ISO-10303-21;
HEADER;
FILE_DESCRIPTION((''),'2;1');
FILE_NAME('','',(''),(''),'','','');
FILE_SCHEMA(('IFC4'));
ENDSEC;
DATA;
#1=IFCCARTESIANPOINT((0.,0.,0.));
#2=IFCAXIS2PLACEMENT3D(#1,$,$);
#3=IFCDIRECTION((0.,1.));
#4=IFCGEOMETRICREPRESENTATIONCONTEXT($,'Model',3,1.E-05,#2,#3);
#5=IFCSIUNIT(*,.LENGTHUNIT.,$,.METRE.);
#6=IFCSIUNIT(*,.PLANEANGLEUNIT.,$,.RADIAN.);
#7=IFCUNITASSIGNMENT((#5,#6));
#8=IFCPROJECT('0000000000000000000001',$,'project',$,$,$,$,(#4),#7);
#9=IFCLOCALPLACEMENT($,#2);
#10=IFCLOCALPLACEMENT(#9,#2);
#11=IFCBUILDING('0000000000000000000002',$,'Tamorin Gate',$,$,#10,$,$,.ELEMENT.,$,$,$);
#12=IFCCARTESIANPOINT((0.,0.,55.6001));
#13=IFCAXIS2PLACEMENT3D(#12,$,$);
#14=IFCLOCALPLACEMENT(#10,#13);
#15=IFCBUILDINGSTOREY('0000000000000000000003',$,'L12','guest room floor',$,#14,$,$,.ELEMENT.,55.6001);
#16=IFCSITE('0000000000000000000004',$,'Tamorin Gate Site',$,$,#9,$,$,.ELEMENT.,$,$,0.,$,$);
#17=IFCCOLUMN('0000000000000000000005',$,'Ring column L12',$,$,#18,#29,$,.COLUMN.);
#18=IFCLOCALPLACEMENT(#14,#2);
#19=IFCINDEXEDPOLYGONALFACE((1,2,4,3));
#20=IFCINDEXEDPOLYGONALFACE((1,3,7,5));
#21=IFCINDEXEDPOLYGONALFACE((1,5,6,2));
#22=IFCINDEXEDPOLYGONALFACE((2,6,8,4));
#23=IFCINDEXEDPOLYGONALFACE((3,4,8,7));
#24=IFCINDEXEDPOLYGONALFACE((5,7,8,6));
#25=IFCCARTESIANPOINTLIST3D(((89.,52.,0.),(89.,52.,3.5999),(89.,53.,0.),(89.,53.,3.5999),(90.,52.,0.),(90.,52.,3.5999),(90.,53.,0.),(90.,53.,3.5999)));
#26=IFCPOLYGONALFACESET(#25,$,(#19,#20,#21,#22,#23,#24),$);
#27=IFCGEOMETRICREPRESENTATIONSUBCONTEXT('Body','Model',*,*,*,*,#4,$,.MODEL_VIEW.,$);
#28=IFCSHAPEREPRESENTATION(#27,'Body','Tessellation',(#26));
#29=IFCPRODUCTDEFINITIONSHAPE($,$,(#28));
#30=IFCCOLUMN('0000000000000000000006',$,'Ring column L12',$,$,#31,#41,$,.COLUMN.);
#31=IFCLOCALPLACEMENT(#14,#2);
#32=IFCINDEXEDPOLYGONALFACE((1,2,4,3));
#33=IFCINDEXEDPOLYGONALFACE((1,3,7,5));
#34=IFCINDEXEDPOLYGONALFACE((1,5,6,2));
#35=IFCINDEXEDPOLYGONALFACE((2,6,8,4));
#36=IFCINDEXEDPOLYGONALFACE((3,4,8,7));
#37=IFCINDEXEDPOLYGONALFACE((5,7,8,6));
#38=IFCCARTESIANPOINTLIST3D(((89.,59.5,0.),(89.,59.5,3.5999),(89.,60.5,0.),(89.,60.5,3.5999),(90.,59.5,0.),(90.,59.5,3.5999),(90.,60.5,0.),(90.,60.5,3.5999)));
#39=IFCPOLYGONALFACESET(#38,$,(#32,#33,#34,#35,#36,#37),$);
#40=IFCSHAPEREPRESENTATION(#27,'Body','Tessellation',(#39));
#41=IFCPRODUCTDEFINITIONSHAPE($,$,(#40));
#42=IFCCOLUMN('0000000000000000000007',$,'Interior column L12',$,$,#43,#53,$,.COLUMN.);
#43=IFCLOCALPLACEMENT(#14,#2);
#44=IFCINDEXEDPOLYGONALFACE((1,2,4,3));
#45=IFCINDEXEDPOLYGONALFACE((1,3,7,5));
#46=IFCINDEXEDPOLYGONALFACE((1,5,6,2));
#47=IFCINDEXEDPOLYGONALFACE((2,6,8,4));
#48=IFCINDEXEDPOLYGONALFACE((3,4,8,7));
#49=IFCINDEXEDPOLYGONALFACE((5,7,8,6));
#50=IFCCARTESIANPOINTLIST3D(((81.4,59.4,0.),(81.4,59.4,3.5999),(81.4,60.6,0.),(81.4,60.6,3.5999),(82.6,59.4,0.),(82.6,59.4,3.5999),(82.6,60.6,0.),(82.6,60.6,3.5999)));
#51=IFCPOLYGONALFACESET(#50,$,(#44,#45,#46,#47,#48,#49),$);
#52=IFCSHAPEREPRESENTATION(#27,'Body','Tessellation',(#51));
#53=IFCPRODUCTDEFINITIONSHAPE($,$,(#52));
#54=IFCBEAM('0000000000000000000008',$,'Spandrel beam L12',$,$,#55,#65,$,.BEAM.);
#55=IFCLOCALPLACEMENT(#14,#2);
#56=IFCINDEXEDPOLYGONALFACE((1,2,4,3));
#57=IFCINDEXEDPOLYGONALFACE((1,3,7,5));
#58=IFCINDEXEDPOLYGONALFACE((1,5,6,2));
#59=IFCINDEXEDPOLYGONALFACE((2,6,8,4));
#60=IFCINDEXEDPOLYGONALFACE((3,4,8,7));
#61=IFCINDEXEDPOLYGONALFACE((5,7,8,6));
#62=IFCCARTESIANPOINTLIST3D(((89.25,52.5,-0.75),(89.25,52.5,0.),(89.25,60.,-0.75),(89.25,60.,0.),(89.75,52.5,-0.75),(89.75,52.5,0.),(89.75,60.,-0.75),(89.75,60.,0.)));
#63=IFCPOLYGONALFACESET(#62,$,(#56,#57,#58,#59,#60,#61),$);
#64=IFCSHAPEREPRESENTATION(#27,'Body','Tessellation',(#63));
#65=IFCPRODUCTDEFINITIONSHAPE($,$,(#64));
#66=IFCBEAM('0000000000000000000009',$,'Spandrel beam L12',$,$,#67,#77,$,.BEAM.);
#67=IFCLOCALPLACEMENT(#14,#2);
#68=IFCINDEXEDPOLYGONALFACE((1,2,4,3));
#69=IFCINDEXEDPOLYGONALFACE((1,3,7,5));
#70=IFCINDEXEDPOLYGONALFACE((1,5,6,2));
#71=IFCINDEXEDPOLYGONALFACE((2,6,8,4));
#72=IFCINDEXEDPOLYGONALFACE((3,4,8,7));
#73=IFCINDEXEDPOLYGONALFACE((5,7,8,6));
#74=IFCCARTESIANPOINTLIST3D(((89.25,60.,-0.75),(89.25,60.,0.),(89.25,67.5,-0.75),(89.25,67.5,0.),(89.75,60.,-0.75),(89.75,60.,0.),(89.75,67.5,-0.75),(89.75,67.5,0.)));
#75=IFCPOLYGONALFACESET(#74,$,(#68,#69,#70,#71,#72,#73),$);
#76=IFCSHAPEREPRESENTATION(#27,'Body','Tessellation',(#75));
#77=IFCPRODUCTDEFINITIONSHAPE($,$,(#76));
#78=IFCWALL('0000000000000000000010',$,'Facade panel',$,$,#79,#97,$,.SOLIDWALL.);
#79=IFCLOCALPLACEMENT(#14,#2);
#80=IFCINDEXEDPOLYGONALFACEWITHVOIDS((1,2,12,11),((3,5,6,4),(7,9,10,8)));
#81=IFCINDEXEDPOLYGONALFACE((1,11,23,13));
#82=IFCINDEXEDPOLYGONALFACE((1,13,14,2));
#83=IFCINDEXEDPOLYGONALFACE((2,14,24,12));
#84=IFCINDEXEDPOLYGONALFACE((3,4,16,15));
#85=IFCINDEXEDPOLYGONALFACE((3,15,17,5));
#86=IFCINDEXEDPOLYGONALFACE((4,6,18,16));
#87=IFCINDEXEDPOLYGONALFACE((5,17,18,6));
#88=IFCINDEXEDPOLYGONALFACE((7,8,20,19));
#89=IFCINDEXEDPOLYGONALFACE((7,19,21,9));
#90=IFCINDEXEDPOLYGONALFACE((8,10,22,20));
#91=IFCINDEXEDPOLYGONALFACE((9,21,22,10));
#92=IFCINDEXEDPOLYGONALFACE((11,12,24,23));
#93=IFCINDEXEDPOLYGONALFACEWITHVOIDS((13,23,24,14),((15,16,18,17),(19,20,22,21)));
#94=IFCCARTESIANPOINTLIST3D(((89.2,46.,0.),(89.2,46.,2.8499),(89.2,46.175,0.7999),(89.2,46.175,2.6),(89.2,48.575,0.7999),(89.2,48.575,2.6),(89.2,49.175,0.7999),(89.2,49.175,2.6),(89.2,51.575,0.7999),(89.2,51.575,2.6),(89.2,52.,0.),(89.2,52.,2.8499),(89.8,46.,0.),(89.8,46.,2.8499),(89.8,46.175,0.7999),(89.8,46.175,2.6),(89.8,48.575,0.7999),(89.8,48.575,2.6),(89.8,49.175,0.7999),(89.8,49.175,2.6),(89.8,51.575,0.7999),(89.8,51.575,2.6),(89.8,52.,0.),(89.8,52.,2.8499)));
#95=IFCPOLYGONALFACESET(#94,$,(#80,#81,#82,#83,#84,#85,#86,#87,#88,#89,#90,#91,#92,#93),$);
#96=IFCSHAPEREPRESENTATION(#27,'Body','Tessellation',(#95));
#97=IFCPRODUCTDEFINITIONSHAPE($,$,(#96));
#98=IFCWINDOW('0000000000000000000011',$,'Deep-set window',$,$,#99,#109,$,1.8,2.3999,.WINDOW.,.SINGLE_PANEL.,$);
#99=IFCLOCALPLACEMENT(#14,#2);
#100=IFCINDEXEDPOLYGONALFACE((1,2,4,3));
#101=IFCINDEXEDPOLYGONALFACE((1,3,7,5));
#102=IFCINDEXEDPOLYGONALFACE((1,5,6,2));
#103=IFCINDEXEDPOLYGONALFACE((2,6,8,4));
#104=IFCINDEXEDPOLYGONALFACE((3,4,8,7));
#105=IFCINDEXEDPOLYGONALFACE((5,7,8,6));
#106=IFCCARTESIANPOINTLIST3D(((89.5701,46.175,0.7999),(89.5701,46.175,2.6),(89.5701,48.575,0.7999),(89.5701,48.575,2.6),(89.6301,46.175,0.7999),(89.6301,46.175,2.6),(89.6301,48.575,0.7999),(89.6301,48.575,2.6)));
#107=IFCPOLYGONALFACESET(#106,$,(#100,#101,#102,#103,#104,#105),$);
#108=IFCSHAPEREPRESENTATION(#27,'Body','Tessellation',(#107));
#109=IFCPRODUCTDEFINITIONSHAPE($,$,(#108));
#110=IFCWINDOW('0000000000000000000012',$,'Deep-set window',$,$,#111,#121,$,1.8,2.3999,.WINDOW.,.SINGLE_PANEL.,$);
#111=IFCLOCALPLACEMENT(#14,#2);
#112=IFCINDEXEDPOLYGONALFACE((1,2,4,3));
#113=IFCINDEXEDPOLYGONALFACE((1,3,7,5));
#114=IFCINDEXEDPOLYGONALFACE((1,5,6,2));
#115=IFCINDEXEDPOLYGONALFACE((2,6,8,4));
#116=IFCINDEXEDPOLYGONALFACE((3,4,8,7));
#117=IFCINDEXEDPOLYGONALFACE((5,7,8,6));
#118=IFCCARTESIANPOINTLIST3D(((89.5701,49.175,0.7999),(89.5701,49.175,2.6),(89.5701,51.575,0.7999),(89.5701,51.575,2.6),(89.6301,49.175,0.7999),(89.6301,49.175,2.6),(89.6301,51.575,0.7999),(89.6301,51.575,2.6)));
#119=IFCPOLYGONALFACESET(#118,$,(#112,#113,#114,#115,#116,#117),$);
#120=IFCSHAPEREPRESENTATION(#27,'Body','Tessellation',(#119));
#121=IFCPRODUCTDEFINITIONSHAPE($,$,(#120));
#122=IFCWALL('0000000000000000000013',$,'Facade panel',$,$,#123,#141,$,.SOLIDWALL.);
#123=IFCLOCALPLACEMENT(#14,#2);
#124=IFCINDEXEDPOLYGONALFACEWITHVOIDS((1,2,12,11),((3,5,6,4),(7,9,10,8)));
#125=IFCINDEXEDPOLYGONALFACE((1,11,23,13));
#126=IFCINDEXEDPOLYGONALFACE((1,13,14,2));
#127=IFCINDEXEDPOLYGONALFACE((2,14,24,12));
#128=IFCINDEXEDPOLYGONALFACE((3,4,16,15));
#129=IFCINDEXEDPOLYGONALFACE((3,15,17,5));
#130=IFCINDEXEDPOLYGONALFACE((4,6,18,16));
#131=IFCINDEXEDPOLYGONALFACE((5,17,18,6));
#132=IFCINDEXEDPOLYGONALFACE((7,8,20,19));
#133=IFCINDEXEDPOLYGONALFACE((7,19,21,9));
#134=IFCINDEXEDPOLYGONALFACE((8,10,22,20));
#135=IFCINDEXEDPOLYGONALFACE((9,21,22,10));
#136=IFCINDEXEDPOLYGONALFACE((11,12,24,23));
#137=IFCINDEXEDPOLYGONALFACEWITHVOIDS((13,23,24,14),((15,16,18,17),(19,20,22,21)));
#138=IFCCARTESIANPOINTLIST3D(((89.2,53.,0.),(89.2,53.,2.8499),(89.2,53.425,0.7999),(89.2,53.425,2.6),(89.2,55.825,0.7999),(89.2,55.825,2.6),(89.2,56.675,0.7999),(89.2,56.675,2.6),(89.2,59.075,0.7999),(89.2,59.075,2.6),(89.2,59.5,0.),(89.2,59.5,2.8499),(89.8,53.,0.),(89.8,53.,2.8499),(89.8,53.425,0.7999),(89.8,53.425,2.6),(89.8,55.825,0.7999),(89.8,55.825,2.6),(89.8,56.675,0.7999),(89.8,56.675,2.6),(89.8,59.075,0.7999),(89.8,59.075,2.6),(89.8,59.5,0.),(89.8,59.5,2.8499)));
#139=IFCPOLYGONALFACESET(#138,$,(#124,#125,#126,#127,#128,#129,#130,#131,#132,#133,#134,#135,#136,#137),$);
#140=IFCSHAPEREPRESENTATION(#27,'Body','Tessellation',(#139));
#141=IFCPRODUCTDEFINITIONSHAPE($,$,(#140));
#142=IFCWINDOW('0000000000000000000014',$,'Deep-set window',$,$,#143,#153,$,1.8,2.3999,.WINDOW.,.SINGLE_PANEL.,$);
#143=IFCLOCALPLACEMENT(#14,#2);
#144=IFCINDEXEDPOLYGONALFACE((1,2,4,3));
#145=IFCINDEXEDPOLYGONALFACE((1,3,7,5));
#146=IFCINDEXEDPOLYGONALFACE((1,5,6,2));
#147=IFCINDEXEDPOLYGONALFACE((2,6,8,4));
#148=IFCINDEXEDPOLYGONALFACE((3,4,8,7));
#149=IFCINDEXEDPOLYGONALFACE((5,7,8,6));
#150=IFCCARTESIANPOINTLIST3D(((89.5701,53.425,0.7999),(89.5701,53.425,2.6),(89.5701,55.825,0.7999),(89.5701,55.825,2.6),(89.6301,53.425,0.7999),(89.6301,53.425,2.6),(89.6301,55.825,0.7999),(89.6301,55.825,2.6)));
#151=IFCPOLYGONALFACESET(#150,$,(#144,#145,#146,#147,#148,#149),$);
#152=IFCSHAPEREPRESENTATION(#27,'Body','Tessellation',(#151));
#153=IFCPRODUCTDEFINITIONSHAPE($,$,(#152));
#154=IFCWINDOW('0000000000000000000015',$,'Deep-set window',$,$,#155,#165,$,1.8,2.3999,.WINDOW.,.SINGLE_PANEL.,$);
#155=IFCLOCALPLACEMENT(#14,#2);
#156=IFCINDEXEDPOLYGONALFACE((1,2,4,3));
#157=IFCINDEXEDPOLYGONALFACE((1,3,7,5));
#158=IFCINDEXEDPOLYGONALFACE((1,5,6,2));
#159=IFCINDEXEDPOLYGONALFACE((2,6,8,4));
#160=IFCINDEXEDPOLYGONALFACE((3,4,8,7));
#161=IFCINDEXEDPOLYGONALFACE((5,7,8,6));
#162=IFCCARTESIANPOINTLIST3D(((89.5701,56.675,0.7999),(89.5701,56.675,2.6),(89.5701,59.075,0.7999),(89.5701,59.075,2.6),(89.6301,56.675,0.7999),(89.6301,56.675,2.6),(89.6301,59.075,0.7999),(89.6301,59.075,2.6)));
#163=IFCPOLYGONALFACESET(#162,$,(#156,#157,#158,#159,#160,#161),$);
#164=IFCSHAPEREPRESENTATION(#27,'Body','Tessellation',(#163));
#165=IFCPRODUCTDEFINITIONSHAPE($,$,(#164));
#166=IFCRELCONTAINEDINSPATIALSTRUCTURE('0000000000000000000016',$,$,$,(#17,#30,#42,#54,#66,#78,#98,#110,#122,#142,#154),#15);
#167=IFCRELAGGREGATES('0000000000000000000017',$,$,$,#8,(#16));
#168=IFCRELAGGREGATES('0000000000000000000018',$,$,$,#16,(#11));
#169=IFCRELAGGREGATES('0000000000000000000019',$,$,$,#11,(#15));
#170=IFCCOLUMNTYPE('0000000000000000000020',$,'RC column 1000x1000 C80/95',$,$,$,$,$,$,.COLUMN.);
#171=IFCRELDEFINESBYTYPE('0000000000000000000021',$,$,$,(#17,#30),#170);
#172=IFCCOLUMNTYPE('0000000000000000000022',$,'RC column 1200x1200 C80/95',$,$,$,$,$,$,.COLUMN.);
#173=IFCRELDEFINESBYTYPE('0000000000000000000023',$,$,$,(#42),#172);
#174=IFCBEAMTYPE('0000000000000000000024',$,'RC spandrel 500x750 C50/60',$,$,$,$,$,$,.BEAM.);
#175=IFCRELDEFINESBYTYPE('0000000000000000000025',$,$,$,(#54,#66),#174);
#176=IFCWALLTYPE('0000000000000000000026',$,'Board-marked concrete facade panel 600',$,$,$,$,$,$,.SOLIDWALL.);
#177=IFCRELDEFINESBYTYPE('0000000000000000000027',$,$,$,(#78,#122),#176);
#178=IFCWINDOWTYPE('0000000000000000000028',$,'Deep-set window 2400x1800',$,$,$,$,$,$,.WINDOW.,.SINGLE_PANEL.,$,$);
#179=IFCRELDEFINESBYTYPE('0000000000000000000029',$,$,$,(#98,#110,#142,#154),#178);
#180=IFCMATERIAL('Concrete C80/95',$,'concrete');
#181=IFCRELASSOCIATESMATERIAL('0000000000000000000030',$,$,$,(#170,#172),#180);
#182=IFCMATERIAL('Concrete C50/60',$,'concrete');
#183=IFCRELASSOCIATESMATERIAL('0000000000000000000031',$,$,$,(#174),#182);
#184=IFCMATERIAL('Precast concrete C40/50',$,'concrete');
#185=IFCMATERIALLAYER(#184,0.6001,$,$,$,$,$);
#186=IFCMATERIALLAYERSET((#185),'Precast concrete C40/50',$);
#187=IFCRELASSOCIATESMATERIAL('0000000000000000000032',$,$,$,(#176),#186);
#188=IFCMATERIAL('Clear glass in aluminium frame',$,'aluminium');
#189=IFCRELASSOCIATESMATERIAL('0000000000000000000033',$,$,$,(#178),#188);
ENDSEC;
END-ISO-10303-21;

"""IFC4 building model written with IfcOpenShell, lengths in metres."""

from ifc_helpers import new_model, si_unit, direction, frame, frame_2d, origin, origin_2d, place, context, subcontext, project, spatial, rectangle, extrude, material, layer, layer_set, material_profile, profile_set, type_object, element, fill, save


model = new_model("IFC4")

# Units and contexts
model_context = context("Model", 3, precision=1e-05, world=origin(), true_north=direction((0.0, 1.0)))
body_context = subcontext(model_context, "Body", "Model", "MODEL_VIEW")
ifc_project = project(units=[si_unit("LENGTHUNIT", "METRE"), si_unit("PLANEANGLEUNIT", "RADIAN")], contexts=[model_context])

# Site, building, storey
site_placement = place(None, origin())
site = spatial("IfcSite", under=ifc_project, at=site_placement, Name="Tamorin Gate Site", CompositionType="ELEMENT", RefElevation=0.0)
building_placement = place(site_placement, origin())
building = spatial("IfcBuilding", under=site, at=building_placement, Name="Tamorin Gate", CompositionType="ELEMENT")
storey_placement = place(building_placement, frame((0.0, 0.0, 55.6001)))
storey = spatial("IfcBuildingStorey", under=building, at=storey_placement, Name="L12", Description="guest room floor", CompositionType="ELEMENT", Elevation=55.6001)

# Columns
ifc_material_1 = material(Name="Concrete C80/95", Category="concrete")
ifc_material_profile_1 = material_profile(ifc_material_1, rectangle(XDim=1.0, YDim=1.0, at=origin_2d()), Name="RC 1000x1000")
ifc_profile_set_1 = profile_set([ifc_material_profile_1], Name="Concrete C80/95")
column_type_1 = type_object("IfcColumnType", Name="RC column 1000x1000 C80/95", PredefinedType="COLUMN", material=ifc_profile_set_1)
for number, where, z_axis, x_axis, name in (
    (1, (89.5, 52.5, 0.0), (0.0, 0.0, 1.0), (1.0, 0.0, 0.0), "Ring column L12"),
    (2, (89.5, 60.0, 0.0), (0.0, 0.0, 1.0), (1.0, 0.0, 0.0), "Ring column L12"),
):
    element("IfcColumn", number, at=place(storey_placement, frame(where, z_axis=z_axis, x_axis=x_axis)), inside=storey, type_object=column_type_1, Name=name, PredefinedType="COLUMN", context=body_context, shape_type="SweptSolid", body=[
        extrude(rectangle(XDim=1.0, YDim=1.0, at=origin_2d()), origin(), (0.0, 0.0, 1.0), 3.5999),
    ])
ifc_material_profile_2 = material_profile(ifc_material_1, rectangle(XDim=1.2, YDim=1.2, at=origin_2d()), Name="RC 1200x1200")
ifc_profile_set_2 = profile_set([ifc_material_profile_2], Name="Concrete C80/95")
column_type_2 = type_object("IfcColumnType", Name="RC column 1200x1200 C80/95", PredefinedType="COLUMN", material=ifc_profile_set_2)
column_placement = place(storey_placement, frame((82.0, 60.0, 0.0), z_axis=(0.0, 0.0, 1.0), x_axis=(1.0, 0.0, 0.0)))
element("IfcColumn", 3, at=column_placement, inside=storey, type_object=column_type_2, Name="Interior column L12", PredefinedType="COLUMN", context=body_context, shape_type="SweptSolid", body=[
    extrude(rectangle(XDim=1.2, YDim=1.2, at=origin_2d()), origin(), (0.0, 0.0, 1.0), 3.5999),
])

# Beams
ifc_material_2 = material(Name="Concrete C50/60", Category="concrete")
ifc_material_profile_3 = material_profile(ifc_material_2, rectangle(XDim=0.5, YDim=0.75, at=origin_2d()), Name="RC 500x750")
ifc_profile_set_3 = profile_set([ifc_material_profile_3], Name="Concrete C50/60")
beam_type = type_object("IfcBeamType", Name="RC spandrel 500x750 C50/60", PredefinedType="BEAM", material=ifc_profile_set_3)
for number, where, z_axis, x_axis, name in (
    (4, (89.5, 52.5, -0.375), (0.0, 1.0, 0.0), (-1.0, 0.0, 0.0), "Spandrel beam L12"),
    (5, (89.5, 60.0, -0.375), (0.0, 1.0, 0.0), (-1.0, 0.0, 0.0), "Spandrel beam L12"),
):
    element("IfcBeam", number, at=place(storey_placement, frame(where, z_axis=z_axis, x_axis=x_axis)), inside=storey, type_object=beam_type, Name=name, PredefinedType="BEAM", context=body_context, shape_type="SweptSolid", body=[
        extrude(rectangle(XDim=0.5, YDim=0.75, at=origin_2d()), origin(), (0.0, 0.0, 1.0), 7.5),
    ])

# Walls, openings, windows
ifc_material_3 = material(Name="Precast concrete C40/50", Category="concrete")
ifc_layer_1 = layer(ifc_material_3, 0.6001)
ifc_layer_set_1 = layer_set([ifc_layer_1], Name="Precast concrete C40/50")
wall_type_1 = type_object("IfcWallType", Name="Board-marked concrete facade panel 600", PredefinedType="SOLIDWALL", material=ifc_layer_set_1)
wall_1_placement = place(storey_placement, frame((89.5, 46.0, 0.0), z_axis=(0.0, 0.0, 1.0), x_axis=(0.0, 1.0, 0.0)))
wall_1 = element("IfcWall", 6, at=wall_1_placement, inside=storey, type_object=wall_type_1, Name="Facade panel", PredefinedType="SOLIDWALL", context=body_context, shape_type="SweptSolid", body=[
    extrude(rectangle(XDim=6.0, YDim=0.6001, at=frame_2d((3.0, 0.0))), origin(), (0.0, 0.0, 1.0), 2.8499),
])
opening_1_placement = place(wall_1_placement, frame((0.175, 0.0, 0.8)))
opening_1 = element("IfcOpeningElement", 7, at=opening_1_placement, cuts=wall_1, PredefinedType="OPENING", context=body_context, shape_type="SweptSolid", body=[
    extrude(rectangle(XDim=2.3999, YDim=1.8, at=frame_2d((1.2, 0.8999))), frame((0.0, 0.3101, 0.0), z_axis=(0.0, -1.0, 0.0), x_axis=(1.0, 0.0, 0.0)), (0.0, 0.0, 1.0), 0.6201),
])
opening_2_placement = place(wall_1_placement, frame((3.175, 0.0, 0.8)))
opening_2 = element("IfcOpeningElement", 8, at=opening_2_placement, cuts=wall_1, PredefinedType="OPENING", context=body_context, shape_type="SweptSolid", body=[
    extrude(rectangle(XDim=2.3999, YDim=1.8, at=frame_2d((1.2, 0.8999))), frame((0.0, 0.3101, 0.0), z_axis=(0.0, -1.0, 0.0), x_axis=(1.0, 0.0, 0.0)), (0.0, 0.0, 1.0), 0.6201),
])
ifc_material_4 = material(Name="Clear glass in aluminium frame", Category="aluminium")
window_type = type_object("IfcWindowType", Name="Deep-set window 2400x1800", PartitioningType="SINGLE_PANEL", PredefinedType="WINDOW", material=ifc_material_4)
window_1_placement = place(opening_1_placement, origin())
window_1 = element("IfcWindow", 9, at=window_1_placement, inside=storey, type_object=window_type, Name="Deep-set window", OverallHeight=1.8, OverallWidth=2.3999, PartitioningType="SINGLE_PANEL", PredefinedType="WINDOW", context=body_context, shape_type="SweptSolid", body=[
    extrude(rectangle(XDim=2.3999, YDim=1.8, at=frame_2d((1.2, 0.8999))), frame((0.0, -0.0701, 0.0), z_axis=(0.0, -1.0, 0.0), x_axis=(1.0, 0.0, 0.0)), (0.0, 0.0, 1.0), 0.0601),
])
fill(opening_1, window_1)
window_2_placement = place(opening_2_placement, origin())
window_2 = element("IfcWindow", 10, at=window_2_placement, inside=storey, type_object=window_type, Name="Deep-set window", OverallHeight=1.8, OverallWidth=2.3999, PartitioningType="SINGLE_PANEL", PredefinedType="WINDOW", context=body_context, shape_type="SweptSolid", body=[
    extrude(rectangle(XDim=2.3999, YDim=1.8, at=frame_2d((1.2, 0.8999))), frame((0.0, -0.0701, 0.0), z_axis=(0.0, -1.0, 0.0), x_axis=(1.0, 0.0, 0.0)), (0.0, 0.0, 1.0), 0.0601),
])
fill(opening_2, window_2)
wall_2_placement = place(storey_placement, frame((89.5, 53.0, 0.0), z_axis=(0.0, 0.0, 1.0), x_axis=(0.0, 1.0, 0.0)))
wall_2 = element("IfcWall", 11, at=wall_2_placement, inside=storey, type_object=wall_type_1, Name="Facade panel", PredefinedType="SOLIDWALL", context=body_context, shape_type="SweptSolid", body=[
    extrude(rectangle(XDim=6.5, YDim=0.6001, at=frame_2d((3.25, 0.0))), origin(), (0.0, 0.0, 1.0), 2.8499),
])
opening_3_placement = place(wall_2_placement, frame((0.425, 0.0, 0.8)))
opening_3 = element("IfcOpeningElement", 12, at=opening_3_placement, cuts=wall_2, PredefinedType="OPENING", context=body_context, shape_type="SweptSolid", body=[
    extrude(rectangle(XDim=2.3999, YDim=1.8, at=frame_2d((1.2, 0.8999))), frame((0.0, 0.3101, 0.0), z_axis=(0.0, -1.0, 0.0), x_axis=(1.0, 0.0, 0.0)), (0.0, 0.0, 1.0), 0.6201),
])
opening_4_placement = place(wall_2_placement, frame((3.675, 0.0, 0.8)))
opening_4 = element("IfcOpeningElement", 13, at=opening_4_placement, cuts=wall_2, PredefinedType="OPENING", context=body_context, shape_type="SweptSolid", body=[
    extrude(rectangle(XDim=2.3999, YDim=1.8, at=frame_2d((1.2, 0.8999))), frame((0.0, 0.3101, 0.0), z_axis=(0.0, -1.0, 0.0), x_axis=(1.0, 0.0, 0.0)), (0.0, 0.0, 1.0), 0.6201),
])
window_3_placement = place(opening_3_placement, origin())
window_3 = element("IfcWindow", 14, at=window_3_placement, inside=storey, type_object=window_type, Name="Deep-set window", OverallHeight=1.8, OverallWidth=2.3999, PartitioningType="SINGLE_PANEL", PredefinedType="WINDOW", context=body_context, shape_type="SweptSolid", body=[
    extrude(rectangle(XDim=2.3999, YDim=1.8, at=frame_2d((1.2, 0.8999))), frame((0.0, -0.0701, 0.0), z_axis=(0.0, -1.0, 0.0), x_axis=(1.0, 0.0, 0.0)), (0.0, 0.0, 1.0), 0.0601),
])
fill(opening_3, window_3)
window_4_placement = place(opening_4_placement, origin())
window_4 = element("IfcWindow", 15, at=window_4_placement, inside=storey, type_object=window_type, Name="Deep-set window", OverallHeight=1.8, OverallWidth=2.3999, PartitioningType="SINGLE_PANEL", PredefinedType="WINDOW", context=body_context, shape_type="SweptSolid", body=[
    extrude(rectangle(XDim=2.3999, YDim=1.8, at=frame_2d((1.2, 0.8999))), frame((0.0, -0.0701, 0.0), z_axis=(0.0, -1.0, 0.0), x_axis=(1.0, 0.0, 0.0)), (0.0, 0.0, 1.0), 0.0601),
])
fill(opening_4, window_4)

save(model, "model.ifc")
